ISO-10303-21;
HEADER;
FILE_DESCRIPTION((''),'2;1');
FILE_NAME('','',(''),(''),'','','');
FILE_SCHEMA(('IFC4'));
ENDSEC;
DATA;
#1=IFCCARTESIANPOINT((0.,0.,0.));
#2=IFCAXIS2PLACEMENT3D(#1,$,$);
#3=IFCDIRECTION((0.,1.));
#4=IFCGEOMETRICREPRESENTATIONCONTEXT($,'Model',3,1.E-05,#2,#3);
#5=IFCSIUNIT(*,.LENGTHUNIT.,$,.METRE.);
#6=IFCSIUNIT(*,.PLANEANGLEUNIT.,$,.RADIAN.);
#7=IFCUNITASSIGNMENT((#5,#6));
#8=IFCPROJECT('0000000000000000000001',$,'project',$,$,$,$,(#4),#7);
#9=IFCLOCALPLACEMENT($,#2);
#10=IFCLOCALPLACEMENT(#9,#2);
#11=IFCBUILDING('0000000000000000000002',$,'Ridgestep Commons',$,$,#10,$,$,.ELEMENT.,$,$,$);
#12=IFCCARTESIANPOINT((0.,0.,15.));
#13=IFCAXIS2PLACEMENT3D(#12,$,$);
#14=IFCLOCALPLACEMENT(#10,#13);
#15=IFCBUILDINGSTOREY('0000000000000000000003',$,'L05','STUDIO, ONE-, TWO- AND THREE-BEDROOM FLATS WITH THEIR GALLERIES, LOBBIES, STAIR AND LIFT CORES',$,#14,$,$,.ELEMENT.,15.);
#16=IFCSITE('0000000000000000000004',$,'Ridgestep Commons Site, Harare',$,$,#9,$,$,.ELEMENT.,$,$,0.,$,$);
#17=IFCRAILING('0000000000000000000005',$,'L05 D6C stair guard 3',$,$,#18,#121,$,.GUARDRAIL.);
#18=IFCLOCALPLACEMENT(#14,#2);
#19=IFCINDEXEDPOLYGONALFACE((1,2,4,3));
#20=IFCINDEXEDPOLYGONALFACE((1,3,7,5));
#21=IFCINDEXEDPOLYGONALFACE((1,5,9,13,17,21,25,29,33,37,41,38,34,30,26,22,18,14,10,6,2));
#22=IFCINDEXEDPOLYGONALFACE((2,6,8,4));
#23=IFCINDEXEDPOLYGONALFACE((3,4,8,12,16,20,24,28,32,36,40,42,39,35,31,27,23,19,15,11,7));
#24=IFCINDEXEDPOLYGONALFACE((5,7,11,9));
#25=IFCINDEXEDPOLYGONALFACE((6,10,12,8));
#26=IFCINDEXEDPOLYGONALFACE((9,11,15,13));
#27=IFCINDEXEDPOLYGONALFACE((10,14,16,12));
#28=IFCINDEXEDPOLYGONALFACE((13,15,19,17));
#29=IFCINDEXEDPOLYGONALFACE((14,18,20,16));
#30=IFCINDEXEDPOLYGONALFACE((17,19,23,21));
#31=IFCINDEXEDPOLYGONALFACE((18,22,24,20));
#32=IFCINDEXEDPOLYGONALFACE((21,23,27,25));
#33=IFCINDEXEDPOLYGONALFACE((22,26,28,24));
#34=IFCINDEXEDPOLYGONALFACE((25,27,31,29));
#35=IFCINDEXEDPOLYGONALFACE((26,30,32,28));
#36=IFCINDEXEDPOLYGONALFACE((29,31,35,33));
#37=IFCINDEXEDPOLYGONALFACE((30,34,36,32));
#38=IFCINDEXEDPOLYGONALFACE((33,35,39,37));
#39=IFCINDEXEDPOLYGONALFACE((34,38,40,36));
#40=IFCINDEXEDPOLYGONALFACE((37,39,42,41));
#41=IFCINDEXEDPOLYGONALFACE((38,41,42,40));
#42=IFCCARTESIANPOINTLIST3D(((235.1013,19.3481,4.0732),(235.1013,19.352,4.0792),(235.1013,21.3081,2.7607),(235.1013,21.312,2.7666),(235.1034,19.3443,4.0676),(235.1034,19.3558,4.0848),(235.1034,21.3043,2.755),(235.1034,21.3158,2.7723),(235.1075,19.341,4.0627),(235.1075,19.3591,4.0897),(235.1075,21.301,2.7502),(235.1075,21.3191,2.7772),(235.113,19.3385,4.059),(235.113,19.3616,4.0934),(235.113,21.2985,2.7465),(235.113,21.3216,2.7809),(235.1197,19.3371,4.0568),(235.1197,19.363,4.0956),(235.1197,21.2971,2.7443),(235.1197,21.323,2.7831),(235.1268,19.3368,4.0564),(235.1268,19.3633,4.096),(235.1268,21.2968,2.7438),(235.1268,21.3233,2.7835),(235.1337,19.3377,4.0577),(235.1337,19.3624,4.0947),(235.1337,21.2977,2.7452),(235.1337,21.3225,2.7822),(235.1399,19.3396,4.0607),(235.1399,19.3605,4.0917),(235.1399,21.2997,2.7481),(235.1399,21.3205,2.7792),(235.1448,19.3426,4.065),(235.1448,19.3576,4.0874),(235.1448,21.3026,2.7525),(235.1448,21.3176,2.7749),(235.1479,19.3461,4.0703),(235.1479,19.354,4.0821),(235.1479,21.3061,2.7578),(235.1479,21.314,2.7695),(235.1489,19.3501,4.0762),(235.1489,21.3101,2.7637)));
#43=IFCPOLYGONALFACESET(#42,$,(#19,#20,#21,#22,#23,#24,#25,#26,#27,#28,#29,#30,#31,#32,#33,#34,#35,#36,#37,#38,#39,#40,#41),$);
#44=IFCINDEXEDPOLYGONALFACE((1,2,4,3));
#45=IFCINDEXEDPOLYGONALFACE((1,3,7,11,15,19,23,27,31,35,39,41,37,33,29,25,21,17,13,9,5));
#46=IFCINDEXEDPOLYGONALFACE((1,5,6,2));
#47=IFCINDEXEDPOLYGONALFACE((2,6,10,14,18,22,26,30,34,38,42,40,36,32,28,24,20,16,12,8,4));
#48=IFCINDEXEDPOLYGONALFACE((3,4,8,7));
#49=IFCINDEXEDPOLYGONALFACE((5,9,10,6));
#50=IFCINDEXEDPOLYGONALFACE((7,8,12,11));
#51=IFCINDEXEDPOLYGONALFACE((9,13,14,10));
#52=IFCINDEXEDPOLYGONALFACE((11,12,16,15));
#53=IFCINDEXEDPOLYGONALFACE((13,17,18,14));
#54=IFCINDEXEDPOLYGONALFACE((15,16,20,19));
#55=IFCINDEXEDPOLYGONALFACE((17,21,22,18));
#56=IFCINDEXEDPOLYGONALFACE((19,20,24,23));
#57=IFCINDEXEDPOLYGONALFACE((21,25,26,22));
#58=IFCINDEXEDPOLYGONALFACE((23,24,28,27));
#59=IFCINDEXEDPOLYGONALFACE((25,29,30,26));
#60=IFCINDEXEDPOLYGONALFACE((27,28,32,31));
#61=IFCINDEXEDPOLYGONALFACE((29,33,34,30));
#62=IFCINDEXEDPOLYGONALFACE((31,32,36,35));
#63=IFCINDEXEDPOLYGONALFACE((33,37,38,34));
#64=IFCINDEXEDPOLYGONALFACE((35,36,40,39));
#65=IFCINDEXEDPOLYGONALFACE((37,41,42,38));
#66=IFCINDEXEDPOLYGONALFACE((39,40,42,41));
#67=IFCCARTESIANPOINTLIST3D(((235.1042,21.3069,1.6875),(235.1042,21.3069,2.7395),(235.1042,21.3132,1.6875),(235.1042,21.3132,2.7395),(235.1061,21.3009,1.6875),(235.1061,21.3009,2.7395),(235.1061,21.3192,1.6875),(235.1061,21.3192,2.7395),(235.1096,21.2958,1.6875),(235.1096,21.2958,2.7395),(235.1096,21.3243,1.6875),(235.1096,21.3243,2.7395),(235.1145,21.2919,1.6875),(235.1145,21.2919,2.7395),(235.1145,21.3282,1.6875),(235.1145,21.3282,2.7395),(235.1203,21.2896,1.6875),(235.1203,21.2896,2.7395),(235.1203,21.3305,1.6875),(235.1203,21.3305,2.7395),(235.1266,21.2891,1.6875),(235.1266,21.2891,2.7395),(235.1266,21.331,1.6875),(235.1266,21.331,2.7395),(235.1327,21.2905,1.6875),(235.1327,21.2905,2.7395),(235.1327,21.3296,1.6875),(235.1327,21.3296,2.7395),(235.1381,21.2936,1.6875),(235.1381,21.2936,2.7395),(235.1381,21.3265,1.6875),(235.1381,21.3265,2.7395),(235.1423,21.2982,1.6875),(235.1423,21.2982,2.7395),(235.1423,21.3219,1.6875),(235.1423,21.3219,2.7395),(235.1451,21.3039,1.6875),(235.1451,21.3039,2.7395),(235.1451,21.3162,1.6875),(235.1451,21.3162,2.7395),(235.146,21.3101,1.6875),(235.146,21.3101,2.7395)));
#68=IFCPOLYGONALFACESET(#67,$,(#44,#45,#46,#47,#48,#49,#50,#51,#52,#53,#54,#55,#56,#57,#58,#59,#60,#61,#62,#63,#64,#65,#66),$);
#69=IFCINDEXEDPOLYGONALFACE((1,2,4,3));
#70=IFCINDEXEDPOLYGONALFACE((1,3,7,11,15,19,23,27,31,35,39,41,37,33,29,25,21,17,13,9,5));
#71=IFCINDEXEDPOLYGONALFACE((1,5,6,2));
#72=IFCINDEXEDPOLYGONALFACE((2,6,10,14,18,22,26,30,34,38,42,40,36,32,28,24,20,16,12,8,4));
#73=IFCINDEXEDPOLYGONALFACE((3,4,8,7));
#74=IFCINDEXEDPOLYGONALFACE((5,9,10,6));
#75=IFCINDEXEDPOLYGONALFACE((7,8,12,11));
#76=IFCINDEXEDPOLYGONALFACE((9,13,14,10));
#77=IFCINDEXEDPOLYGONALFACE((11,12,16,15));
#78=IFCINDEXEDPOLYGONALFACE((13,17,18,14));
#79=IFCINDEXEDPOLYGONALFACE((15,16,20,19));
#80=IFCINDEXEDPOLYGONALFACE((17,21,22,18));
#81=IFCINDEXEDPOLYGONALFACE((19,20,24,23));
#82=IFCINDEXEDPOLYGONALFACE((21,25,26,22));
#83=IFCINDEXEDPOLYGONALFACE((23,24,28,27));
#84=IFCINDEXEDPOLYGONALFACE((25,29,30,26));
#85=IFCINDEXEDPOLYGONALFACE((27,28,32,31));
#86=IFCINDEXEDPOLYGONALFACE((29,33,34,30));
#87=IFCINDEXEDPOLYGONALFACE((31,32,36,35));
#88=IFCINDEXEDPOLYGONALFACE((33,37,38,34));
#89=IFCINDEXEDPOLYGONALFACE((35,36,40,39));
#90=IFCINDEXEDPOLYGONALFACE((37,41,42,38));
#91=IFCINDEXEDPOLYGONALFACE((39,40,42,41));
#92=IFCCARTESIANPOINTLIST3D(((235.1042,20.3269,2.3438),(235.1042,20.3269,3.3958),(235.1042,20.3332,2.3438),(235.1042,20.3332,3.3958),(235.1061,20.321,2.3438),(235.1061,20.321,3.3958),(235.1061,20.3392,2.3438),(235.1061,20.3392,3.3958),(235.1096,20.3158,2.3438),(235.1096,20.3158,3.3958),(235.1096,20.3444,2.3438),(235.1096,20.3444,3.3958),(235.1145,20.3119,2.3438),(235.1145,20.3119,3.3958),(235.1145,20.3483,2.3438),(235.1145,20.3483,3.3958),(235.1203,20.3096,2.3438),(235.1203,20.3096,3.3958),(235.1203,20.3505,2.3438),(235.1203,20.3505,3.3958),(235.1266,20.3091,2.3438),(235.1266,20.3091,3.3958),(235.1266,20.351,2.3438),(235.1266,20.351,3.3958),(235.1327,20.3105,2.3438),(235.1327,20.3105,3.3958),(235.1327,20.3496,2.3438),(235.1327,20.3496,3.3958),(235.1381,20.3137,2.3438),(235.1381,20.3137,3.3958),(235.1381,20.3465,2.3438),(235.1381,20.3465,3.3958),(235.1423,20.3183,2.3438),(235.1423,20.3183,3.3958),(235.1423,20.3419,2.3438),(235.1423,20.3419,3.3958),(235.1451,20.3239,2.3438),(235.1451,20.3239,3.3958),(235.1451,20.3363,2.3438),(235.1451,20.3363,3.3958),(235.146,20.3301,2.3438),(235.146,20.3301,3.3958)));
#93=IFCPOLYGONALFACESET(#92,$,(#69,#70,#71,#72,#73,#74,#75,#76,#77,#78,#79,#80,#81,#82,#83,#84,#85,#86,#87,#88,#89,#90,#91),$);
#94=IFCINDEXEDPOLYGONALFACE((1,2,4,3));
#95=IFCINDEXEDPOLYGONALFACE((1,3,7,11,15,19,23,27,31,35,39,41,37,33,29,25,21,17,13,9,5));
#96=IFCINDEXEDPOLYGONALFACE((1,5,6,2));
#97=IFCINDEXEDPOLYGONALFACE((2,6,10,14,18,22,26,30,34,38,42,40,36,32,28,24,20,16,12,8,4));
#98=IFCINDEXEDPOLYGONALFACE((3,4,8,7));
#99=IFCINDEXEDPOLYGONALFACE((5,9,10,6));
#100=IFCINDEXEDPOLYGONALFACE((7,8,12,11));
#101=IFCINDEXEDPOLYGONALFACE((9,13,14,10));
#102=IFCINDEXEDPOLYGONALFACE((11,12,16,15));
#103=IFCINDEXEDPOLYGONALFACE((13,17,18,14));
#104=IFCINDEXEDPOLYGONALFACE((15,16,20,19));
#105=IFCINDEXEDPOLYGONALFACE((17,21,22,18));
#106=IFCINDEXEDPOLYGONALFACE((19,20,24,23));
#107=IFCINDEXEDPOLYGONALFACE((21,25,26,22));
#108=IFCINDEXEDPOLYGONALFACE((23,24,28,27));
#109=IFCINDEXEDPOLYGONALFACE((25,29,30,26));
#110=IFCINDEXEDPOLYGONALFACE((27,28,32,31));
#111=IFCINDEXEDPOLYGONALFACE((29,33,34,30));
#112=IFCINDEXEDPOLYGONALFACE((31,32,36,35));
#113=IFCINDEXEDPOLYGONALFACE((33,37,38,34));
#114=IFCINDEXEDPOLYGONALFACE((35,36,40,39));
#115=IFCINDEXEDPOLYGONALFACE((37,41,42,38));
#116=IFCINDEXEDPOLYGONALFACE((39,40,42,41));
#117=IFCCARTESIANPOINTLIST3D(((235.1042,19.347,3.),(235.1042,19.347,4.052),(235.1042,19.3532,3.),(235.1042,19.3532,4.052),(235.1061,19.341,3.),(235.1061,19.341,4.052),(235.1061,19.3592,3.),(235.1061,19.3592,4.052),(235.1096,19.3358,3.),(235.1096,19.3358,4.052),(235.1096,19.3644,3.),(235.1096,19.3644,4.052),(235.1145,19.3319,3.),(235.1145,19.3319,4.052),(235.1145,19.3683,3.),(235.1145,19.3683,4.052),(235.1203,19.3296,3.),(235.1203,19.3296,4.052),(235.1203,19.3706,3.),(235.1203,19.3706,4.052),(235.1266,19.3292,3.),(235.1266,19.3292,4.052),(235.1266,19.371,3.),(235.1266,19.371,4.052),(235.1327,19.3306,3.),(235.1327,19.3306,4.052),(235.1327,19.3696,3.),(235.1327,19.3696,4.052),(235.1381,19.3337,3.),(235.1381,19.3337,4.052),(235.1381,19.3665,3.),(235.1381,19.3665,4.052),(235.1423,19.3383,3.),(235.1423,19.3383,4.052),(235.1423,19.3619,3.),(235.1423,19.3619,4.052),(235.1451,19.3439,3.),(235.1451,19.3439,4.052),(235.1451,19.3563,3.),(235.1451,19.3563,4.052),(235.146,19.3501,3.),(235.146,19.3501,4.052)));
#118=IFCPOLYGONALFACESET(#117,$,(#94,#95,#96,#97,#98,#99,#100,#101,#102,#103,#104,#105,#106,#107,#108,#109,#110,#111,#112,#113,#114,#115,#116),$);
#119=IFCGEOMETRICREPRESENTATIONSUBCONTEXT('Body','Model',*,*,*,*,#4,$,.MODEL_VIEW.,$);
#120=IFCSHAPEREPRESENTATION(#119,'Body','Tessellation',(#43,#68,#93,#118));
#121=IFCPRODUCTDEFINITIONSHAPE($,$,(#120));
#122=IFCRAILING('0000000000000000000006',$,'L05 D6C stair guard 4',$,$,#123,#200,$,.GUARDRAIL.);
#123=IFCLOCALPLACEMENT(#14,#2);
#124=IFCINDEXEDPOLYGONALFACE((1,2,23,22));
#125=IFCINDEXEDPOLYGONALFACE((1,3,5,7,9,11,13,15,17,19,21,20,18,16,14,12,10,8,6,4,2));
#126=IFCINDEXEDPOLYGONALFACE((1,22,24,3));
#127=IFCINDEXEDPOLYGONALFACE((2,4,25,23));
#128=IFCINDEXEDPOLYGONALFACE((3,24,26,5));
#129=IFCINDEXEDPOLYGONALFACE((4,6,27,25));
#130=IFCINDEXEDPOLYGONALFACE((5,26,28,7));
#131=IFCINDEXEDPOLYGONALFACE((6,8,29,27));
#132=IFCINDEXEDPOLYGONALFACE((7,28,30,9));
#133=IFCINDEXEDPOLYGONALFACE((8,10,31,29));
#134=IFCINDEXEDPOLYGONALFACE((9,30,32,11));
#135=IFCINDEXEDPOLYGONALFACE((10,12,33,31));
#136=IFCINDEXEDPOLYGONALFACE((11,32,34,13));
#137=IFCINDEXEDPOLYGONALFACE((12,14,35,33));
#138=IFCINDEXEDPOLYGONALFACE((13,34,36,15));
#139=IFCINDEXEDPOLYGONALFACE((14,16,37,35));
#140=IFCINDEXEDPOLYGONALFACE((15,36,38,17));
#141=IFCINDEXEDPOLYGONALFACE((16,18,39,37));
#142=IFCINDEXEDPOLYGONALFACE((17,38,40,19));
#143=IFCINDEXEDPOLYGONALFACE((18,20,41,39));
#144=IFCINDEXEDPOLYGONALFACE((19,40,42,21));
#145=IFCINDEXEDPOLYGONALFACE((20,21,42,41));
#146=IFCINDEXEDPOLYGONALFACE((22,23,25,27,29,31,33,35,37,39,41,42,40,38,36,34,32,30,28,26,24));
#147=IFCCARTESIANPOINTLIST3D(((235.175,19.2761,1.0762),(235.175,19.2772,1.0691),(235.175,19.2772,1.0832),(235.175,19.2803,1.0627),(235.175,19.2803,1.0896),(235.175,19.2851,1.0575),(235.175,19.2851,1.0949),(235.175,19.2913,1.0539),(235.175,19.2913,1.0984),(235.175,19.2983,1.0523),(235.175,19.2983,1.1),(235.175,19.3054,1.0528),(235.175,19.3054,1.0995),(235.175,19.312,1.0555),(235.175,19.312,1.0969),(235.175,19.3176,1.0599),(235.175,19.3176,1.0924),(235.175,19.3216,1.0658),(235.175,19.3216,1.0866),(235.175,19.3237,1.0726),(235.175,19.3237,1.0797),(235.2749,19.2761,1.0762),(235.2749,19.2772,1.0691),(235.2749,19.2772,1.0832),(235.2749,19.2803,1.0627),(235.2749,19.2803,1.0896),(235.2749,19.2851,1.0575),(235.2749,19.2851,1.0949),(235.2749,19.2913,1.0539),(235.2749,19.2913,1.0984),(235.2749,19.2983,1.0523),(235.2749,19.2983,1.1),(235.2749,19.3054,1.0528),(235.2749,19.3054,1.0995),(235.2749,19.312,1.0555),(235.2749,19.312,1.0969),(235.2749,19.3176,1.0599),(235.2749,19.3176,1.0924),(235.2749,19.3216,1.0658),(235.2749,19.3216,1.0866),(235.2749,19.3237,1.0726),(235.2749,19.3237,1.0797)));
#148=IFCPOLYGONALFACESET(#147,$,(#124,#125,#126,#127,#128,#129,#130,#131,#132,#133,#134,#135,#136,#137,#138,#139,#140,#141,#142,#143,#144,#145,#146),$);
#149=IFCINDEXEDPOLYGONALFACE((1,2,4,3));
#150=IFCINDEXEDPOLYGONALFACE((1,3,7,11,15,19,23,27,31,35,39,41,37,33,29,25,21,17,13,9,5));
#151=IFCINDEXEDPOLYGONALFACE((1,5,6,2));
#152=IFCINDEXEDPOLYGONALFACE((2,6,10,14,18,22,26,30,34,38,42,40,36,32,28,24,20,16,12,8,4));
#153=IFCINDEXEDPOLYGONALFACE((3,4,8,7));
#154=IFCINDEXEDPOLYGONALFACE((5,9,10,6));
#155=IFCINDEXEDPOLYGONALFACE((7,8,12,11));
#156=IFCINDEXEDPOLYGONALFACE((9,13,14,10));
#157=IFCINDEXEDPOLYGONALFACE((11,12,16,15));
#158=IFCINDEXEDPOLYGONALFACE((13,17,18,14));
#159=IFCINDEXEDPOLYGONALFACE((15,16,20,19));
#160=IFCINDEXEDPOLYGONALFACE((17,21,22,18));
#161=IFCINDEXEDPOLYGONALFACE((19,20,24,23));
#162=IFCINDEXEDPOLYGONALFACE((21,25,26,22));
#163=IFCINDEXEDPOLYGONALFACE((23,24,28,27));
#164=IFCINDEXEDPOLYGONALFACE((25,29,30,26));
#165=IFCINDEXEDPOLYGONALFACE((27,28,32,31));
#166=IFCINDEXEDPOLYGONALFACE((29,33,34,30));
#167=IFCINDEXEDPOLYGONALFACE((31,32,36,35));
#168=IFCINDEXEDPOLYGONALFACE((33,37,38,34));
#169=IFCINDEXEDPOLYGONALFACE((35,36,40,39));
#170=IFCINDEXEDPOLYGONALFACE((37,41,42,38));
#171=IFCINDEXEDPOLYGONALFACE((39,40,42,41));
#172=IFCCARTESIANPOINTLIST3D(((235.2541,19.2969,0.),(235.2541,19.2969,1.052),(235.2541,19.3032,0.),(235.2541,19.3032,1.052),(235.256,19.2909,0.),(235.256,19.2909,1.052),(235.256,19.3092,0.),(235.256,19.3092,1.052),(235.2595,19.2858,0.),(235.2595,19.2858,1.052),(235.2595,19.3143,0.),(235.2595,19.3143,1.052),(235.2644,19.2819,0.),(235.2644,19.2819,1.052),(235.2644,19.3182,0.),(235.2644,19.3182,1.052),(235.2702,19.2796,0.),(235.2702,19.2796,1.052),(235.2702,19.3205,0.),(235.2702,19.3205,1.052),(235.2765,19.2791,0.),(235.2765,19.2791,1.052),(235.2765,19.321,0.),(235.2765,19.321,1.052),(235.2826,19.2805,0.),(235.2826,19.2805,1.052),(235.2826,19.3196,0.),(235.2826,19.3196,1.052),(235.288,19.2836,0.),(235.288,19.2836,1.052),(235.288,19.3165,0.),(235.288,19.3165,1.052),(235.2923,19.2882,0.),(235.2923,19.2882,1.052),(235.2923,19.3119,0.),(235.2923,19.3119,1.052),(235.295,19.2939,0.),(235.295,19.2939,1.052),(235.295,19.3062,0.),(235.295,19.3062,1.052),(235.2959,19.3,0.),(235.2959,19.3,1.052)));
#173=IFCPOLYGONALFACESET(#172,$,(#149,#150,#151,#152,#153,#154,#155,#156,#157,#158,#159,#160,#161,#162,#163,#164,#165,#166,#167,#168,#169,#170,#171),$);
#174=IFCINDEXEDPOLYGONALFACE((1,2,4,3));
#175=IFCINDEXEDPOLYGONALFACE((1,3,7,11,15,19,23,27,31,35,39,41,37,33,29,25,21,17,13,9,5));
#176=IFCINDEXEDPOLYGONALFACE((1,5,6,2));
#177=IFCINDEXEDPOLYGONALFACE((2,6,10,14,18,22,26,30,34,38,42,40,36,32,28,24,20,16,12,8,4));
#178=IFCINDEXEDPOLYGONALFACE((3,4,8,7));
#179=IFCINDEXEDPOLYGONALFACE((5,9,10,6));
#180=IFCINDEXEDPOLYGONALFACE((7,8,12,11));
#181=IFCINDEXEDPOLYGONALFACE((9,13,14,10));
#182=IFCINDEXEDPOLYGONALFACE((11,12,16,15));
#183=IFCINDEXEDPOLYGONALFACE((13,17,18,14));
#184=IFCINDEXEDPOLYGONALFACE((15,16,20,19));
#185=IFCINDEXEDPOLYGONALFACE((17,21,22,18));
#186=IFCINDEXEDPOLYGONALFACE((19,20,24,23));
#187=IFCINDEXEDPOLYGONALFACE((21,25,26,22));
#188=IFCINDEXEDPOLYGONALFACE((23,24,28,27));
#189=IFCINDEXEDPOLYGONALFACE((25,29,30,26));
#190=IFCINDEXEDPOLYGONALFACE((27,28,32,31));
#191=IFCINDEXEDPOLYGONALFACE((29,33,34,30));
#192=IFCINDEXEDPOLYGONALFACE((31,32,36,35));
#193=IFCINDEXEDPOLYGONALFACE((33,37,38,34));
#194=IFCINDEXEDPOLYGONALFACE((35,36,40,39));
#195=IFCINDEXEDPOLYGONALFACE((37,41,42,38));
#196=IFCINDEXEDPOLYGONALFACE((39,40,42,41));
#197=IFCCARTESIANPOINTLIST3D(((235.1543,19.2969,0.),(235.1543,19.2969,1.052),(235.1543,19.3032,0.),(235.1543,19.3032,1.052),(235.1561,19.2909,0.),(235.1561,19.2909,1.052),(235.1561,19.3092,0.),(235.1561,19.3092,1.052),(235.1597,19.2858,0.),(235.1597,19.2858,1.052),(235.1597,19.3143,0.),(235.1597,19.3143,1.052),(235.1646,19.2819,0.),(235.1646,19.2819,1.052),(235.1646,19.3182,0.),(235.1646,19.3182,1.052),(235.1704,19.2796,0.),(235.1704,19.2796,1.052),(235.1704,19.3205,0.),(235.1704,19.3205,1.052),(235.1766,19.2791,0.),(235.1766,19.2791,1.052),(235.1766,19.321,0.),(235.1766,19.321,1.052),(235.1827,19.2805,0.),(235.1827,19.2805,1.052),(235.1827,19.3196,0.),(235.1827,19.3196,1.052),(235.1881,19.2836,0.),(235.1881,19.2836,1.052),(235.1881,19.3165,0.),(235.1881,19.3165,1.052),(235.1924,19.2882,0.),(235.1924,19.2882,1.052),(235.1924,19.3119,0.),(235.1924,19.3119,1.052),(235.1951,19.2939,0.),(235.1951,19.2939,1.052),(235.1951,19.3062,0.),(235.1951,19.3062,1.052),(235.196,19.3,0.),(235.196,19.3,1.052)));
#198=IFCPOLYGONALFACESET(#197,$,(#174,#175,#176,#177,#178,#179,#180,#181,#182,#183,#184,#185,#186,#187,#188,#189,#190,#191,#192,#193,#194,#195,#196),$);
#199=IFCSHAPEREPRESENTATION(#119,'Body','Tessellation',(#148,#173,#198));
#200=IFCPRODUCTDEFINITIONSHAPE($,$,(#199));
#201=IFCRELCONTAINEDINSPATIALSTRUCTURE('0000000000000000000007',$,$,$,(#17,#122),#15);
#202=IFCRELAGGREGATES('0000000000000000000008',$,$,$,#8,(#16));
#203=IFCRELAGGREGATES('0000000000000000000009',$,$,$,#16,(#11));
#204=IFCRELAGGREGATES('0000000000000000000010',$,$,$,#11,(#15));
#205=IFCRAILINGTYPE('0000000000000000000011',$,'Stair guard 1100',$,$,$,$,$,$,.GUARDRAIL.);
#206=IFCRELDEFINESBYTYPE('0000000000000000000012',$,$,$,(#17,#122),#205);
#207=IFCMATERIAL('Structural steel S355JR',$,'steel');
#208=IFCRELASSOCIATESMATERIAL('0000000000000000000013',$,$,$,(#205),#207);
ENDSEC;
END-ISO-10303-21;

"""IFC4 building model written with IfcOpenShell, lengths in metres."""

from ifc_helpers import new_model, si_unit, direction, frame, origin, origin_2d, place, context, subcontext, project, spatial, circle, extrude, material, type_object, element, save


model = new_model("IFC4")

# Units and contexts
model_context = context("Model", 3, precision=1e-05, world=origin(), true_north=direction((0.0, 1.0)))
body_context = subcontext(model_context, "Body", "Model", "MODEL_VIEW")
ifc_project = project(units=[si_unit("LENGTHUNIT", "METRE"), si_unit("PLANEANGLEUNIT", "RADIAN")], contexts=[model_context])

# Site, building, storey
site_placement = place(None, origin())
site = spatial("IfcSite", under=ifc_project, at=site_placement, Name="Ridgestep Commons Site, Harare", CompositionType="ELEMENT", RefElevation=0.0)
building_placement = place(site_placement, origin())
building = spatial("IfcBuilding", under=site, at=building_placement, Name="Ridgestep Commons", CompositionType="ELEMENT")
storey_placement = place(building_placement, frame((0.0, 0.0, 15.0)))
storey = spatial("IfcBuildingStorey", under=building, at=storey_placement, Name="L05", Description="STUDIO, ONE-, TWO- AND THREE-BEDROOM FLATS WITH THEIR GALLERIES, LOBBIES, STAIR AND LIFT CORES", CompositionType="ELEMENT", Elevation=15.0)

# Railings
ifc_material_1 = material(Name="Structural steel S355JR", Category="steel")
railing_type_1 = type_object("IfcRailingType", Name="Stair guard 1100", PredefinedType="GUARDRAIL", material=ifc_material_1)
railing_1_placement = place(storey_placement, frame((235.125, 21.3101, 1.6875)))
element("IfcRailing", 1, at=railing_1_placement, inside=storey, type_object=railing_type_1, Name="L05 D6C stair guard 3", PredefinedType="GUARDRAIL", context=body_context, shape_type="SweptSolid", body=[
    extrude(circle(Radius=0.0239, at=origin_2d()), frame((0.0, 0.0, 1.0762), z_axis=(0.0, -0.830902, 0.556419), x_axis=(1.0, 0.0, 0.0)), (0.0, 0.0, 1.0), 2.3589),
    extrude(circle(Radius=0.021, at=origin_2d()), origin(), (0.0, 0.0, 1.0), 1.052),
    extrude(circle(Radius=0.021, at=origin_2d()), frame((0.0, -0.98, 0.6562)), (0.0, 0.0, 1.0), 1.052),
    extrude(circle(Radius=0.021, at=origin_2d()), frame((0.0, -1.96, 1.3125)), (0.0, 0.0, 1.0), 1.052),
])
railing_2_placement = place(storey_placement, frame((235.2749, 19.3, 0.0)))
element("IfcRailing", 2, at=railing_2_placement, inside=storey, type_object=railing_type_1, Name="L05 D6C stair guard 4", PredefinedType="GUARDRAIL", context=body_context, shape_type="SweptSolid", body=[
    extrude(circle(Radius=0.0239, at=origin_2d()), frame((0.0, 0.0, 1.0762), z_axis=(-1.0, 0.0, 0.0), x_axis=(0.0, -1.0, 0.0)), (0.0, 0.0, 1.0), 0.0999),
    extrude(circle(Radius=0.021, at=origin_2d()), origin(), (0.0, 0.0, 1.0), 1.052),
    extrude(circle(Radius=0.021, at=origin_2d()), frame((-0.0999, 0.0, 0.0)), (0.0, 0.0, 1.0), 1.052),
])

save(model, "model.ifc")
